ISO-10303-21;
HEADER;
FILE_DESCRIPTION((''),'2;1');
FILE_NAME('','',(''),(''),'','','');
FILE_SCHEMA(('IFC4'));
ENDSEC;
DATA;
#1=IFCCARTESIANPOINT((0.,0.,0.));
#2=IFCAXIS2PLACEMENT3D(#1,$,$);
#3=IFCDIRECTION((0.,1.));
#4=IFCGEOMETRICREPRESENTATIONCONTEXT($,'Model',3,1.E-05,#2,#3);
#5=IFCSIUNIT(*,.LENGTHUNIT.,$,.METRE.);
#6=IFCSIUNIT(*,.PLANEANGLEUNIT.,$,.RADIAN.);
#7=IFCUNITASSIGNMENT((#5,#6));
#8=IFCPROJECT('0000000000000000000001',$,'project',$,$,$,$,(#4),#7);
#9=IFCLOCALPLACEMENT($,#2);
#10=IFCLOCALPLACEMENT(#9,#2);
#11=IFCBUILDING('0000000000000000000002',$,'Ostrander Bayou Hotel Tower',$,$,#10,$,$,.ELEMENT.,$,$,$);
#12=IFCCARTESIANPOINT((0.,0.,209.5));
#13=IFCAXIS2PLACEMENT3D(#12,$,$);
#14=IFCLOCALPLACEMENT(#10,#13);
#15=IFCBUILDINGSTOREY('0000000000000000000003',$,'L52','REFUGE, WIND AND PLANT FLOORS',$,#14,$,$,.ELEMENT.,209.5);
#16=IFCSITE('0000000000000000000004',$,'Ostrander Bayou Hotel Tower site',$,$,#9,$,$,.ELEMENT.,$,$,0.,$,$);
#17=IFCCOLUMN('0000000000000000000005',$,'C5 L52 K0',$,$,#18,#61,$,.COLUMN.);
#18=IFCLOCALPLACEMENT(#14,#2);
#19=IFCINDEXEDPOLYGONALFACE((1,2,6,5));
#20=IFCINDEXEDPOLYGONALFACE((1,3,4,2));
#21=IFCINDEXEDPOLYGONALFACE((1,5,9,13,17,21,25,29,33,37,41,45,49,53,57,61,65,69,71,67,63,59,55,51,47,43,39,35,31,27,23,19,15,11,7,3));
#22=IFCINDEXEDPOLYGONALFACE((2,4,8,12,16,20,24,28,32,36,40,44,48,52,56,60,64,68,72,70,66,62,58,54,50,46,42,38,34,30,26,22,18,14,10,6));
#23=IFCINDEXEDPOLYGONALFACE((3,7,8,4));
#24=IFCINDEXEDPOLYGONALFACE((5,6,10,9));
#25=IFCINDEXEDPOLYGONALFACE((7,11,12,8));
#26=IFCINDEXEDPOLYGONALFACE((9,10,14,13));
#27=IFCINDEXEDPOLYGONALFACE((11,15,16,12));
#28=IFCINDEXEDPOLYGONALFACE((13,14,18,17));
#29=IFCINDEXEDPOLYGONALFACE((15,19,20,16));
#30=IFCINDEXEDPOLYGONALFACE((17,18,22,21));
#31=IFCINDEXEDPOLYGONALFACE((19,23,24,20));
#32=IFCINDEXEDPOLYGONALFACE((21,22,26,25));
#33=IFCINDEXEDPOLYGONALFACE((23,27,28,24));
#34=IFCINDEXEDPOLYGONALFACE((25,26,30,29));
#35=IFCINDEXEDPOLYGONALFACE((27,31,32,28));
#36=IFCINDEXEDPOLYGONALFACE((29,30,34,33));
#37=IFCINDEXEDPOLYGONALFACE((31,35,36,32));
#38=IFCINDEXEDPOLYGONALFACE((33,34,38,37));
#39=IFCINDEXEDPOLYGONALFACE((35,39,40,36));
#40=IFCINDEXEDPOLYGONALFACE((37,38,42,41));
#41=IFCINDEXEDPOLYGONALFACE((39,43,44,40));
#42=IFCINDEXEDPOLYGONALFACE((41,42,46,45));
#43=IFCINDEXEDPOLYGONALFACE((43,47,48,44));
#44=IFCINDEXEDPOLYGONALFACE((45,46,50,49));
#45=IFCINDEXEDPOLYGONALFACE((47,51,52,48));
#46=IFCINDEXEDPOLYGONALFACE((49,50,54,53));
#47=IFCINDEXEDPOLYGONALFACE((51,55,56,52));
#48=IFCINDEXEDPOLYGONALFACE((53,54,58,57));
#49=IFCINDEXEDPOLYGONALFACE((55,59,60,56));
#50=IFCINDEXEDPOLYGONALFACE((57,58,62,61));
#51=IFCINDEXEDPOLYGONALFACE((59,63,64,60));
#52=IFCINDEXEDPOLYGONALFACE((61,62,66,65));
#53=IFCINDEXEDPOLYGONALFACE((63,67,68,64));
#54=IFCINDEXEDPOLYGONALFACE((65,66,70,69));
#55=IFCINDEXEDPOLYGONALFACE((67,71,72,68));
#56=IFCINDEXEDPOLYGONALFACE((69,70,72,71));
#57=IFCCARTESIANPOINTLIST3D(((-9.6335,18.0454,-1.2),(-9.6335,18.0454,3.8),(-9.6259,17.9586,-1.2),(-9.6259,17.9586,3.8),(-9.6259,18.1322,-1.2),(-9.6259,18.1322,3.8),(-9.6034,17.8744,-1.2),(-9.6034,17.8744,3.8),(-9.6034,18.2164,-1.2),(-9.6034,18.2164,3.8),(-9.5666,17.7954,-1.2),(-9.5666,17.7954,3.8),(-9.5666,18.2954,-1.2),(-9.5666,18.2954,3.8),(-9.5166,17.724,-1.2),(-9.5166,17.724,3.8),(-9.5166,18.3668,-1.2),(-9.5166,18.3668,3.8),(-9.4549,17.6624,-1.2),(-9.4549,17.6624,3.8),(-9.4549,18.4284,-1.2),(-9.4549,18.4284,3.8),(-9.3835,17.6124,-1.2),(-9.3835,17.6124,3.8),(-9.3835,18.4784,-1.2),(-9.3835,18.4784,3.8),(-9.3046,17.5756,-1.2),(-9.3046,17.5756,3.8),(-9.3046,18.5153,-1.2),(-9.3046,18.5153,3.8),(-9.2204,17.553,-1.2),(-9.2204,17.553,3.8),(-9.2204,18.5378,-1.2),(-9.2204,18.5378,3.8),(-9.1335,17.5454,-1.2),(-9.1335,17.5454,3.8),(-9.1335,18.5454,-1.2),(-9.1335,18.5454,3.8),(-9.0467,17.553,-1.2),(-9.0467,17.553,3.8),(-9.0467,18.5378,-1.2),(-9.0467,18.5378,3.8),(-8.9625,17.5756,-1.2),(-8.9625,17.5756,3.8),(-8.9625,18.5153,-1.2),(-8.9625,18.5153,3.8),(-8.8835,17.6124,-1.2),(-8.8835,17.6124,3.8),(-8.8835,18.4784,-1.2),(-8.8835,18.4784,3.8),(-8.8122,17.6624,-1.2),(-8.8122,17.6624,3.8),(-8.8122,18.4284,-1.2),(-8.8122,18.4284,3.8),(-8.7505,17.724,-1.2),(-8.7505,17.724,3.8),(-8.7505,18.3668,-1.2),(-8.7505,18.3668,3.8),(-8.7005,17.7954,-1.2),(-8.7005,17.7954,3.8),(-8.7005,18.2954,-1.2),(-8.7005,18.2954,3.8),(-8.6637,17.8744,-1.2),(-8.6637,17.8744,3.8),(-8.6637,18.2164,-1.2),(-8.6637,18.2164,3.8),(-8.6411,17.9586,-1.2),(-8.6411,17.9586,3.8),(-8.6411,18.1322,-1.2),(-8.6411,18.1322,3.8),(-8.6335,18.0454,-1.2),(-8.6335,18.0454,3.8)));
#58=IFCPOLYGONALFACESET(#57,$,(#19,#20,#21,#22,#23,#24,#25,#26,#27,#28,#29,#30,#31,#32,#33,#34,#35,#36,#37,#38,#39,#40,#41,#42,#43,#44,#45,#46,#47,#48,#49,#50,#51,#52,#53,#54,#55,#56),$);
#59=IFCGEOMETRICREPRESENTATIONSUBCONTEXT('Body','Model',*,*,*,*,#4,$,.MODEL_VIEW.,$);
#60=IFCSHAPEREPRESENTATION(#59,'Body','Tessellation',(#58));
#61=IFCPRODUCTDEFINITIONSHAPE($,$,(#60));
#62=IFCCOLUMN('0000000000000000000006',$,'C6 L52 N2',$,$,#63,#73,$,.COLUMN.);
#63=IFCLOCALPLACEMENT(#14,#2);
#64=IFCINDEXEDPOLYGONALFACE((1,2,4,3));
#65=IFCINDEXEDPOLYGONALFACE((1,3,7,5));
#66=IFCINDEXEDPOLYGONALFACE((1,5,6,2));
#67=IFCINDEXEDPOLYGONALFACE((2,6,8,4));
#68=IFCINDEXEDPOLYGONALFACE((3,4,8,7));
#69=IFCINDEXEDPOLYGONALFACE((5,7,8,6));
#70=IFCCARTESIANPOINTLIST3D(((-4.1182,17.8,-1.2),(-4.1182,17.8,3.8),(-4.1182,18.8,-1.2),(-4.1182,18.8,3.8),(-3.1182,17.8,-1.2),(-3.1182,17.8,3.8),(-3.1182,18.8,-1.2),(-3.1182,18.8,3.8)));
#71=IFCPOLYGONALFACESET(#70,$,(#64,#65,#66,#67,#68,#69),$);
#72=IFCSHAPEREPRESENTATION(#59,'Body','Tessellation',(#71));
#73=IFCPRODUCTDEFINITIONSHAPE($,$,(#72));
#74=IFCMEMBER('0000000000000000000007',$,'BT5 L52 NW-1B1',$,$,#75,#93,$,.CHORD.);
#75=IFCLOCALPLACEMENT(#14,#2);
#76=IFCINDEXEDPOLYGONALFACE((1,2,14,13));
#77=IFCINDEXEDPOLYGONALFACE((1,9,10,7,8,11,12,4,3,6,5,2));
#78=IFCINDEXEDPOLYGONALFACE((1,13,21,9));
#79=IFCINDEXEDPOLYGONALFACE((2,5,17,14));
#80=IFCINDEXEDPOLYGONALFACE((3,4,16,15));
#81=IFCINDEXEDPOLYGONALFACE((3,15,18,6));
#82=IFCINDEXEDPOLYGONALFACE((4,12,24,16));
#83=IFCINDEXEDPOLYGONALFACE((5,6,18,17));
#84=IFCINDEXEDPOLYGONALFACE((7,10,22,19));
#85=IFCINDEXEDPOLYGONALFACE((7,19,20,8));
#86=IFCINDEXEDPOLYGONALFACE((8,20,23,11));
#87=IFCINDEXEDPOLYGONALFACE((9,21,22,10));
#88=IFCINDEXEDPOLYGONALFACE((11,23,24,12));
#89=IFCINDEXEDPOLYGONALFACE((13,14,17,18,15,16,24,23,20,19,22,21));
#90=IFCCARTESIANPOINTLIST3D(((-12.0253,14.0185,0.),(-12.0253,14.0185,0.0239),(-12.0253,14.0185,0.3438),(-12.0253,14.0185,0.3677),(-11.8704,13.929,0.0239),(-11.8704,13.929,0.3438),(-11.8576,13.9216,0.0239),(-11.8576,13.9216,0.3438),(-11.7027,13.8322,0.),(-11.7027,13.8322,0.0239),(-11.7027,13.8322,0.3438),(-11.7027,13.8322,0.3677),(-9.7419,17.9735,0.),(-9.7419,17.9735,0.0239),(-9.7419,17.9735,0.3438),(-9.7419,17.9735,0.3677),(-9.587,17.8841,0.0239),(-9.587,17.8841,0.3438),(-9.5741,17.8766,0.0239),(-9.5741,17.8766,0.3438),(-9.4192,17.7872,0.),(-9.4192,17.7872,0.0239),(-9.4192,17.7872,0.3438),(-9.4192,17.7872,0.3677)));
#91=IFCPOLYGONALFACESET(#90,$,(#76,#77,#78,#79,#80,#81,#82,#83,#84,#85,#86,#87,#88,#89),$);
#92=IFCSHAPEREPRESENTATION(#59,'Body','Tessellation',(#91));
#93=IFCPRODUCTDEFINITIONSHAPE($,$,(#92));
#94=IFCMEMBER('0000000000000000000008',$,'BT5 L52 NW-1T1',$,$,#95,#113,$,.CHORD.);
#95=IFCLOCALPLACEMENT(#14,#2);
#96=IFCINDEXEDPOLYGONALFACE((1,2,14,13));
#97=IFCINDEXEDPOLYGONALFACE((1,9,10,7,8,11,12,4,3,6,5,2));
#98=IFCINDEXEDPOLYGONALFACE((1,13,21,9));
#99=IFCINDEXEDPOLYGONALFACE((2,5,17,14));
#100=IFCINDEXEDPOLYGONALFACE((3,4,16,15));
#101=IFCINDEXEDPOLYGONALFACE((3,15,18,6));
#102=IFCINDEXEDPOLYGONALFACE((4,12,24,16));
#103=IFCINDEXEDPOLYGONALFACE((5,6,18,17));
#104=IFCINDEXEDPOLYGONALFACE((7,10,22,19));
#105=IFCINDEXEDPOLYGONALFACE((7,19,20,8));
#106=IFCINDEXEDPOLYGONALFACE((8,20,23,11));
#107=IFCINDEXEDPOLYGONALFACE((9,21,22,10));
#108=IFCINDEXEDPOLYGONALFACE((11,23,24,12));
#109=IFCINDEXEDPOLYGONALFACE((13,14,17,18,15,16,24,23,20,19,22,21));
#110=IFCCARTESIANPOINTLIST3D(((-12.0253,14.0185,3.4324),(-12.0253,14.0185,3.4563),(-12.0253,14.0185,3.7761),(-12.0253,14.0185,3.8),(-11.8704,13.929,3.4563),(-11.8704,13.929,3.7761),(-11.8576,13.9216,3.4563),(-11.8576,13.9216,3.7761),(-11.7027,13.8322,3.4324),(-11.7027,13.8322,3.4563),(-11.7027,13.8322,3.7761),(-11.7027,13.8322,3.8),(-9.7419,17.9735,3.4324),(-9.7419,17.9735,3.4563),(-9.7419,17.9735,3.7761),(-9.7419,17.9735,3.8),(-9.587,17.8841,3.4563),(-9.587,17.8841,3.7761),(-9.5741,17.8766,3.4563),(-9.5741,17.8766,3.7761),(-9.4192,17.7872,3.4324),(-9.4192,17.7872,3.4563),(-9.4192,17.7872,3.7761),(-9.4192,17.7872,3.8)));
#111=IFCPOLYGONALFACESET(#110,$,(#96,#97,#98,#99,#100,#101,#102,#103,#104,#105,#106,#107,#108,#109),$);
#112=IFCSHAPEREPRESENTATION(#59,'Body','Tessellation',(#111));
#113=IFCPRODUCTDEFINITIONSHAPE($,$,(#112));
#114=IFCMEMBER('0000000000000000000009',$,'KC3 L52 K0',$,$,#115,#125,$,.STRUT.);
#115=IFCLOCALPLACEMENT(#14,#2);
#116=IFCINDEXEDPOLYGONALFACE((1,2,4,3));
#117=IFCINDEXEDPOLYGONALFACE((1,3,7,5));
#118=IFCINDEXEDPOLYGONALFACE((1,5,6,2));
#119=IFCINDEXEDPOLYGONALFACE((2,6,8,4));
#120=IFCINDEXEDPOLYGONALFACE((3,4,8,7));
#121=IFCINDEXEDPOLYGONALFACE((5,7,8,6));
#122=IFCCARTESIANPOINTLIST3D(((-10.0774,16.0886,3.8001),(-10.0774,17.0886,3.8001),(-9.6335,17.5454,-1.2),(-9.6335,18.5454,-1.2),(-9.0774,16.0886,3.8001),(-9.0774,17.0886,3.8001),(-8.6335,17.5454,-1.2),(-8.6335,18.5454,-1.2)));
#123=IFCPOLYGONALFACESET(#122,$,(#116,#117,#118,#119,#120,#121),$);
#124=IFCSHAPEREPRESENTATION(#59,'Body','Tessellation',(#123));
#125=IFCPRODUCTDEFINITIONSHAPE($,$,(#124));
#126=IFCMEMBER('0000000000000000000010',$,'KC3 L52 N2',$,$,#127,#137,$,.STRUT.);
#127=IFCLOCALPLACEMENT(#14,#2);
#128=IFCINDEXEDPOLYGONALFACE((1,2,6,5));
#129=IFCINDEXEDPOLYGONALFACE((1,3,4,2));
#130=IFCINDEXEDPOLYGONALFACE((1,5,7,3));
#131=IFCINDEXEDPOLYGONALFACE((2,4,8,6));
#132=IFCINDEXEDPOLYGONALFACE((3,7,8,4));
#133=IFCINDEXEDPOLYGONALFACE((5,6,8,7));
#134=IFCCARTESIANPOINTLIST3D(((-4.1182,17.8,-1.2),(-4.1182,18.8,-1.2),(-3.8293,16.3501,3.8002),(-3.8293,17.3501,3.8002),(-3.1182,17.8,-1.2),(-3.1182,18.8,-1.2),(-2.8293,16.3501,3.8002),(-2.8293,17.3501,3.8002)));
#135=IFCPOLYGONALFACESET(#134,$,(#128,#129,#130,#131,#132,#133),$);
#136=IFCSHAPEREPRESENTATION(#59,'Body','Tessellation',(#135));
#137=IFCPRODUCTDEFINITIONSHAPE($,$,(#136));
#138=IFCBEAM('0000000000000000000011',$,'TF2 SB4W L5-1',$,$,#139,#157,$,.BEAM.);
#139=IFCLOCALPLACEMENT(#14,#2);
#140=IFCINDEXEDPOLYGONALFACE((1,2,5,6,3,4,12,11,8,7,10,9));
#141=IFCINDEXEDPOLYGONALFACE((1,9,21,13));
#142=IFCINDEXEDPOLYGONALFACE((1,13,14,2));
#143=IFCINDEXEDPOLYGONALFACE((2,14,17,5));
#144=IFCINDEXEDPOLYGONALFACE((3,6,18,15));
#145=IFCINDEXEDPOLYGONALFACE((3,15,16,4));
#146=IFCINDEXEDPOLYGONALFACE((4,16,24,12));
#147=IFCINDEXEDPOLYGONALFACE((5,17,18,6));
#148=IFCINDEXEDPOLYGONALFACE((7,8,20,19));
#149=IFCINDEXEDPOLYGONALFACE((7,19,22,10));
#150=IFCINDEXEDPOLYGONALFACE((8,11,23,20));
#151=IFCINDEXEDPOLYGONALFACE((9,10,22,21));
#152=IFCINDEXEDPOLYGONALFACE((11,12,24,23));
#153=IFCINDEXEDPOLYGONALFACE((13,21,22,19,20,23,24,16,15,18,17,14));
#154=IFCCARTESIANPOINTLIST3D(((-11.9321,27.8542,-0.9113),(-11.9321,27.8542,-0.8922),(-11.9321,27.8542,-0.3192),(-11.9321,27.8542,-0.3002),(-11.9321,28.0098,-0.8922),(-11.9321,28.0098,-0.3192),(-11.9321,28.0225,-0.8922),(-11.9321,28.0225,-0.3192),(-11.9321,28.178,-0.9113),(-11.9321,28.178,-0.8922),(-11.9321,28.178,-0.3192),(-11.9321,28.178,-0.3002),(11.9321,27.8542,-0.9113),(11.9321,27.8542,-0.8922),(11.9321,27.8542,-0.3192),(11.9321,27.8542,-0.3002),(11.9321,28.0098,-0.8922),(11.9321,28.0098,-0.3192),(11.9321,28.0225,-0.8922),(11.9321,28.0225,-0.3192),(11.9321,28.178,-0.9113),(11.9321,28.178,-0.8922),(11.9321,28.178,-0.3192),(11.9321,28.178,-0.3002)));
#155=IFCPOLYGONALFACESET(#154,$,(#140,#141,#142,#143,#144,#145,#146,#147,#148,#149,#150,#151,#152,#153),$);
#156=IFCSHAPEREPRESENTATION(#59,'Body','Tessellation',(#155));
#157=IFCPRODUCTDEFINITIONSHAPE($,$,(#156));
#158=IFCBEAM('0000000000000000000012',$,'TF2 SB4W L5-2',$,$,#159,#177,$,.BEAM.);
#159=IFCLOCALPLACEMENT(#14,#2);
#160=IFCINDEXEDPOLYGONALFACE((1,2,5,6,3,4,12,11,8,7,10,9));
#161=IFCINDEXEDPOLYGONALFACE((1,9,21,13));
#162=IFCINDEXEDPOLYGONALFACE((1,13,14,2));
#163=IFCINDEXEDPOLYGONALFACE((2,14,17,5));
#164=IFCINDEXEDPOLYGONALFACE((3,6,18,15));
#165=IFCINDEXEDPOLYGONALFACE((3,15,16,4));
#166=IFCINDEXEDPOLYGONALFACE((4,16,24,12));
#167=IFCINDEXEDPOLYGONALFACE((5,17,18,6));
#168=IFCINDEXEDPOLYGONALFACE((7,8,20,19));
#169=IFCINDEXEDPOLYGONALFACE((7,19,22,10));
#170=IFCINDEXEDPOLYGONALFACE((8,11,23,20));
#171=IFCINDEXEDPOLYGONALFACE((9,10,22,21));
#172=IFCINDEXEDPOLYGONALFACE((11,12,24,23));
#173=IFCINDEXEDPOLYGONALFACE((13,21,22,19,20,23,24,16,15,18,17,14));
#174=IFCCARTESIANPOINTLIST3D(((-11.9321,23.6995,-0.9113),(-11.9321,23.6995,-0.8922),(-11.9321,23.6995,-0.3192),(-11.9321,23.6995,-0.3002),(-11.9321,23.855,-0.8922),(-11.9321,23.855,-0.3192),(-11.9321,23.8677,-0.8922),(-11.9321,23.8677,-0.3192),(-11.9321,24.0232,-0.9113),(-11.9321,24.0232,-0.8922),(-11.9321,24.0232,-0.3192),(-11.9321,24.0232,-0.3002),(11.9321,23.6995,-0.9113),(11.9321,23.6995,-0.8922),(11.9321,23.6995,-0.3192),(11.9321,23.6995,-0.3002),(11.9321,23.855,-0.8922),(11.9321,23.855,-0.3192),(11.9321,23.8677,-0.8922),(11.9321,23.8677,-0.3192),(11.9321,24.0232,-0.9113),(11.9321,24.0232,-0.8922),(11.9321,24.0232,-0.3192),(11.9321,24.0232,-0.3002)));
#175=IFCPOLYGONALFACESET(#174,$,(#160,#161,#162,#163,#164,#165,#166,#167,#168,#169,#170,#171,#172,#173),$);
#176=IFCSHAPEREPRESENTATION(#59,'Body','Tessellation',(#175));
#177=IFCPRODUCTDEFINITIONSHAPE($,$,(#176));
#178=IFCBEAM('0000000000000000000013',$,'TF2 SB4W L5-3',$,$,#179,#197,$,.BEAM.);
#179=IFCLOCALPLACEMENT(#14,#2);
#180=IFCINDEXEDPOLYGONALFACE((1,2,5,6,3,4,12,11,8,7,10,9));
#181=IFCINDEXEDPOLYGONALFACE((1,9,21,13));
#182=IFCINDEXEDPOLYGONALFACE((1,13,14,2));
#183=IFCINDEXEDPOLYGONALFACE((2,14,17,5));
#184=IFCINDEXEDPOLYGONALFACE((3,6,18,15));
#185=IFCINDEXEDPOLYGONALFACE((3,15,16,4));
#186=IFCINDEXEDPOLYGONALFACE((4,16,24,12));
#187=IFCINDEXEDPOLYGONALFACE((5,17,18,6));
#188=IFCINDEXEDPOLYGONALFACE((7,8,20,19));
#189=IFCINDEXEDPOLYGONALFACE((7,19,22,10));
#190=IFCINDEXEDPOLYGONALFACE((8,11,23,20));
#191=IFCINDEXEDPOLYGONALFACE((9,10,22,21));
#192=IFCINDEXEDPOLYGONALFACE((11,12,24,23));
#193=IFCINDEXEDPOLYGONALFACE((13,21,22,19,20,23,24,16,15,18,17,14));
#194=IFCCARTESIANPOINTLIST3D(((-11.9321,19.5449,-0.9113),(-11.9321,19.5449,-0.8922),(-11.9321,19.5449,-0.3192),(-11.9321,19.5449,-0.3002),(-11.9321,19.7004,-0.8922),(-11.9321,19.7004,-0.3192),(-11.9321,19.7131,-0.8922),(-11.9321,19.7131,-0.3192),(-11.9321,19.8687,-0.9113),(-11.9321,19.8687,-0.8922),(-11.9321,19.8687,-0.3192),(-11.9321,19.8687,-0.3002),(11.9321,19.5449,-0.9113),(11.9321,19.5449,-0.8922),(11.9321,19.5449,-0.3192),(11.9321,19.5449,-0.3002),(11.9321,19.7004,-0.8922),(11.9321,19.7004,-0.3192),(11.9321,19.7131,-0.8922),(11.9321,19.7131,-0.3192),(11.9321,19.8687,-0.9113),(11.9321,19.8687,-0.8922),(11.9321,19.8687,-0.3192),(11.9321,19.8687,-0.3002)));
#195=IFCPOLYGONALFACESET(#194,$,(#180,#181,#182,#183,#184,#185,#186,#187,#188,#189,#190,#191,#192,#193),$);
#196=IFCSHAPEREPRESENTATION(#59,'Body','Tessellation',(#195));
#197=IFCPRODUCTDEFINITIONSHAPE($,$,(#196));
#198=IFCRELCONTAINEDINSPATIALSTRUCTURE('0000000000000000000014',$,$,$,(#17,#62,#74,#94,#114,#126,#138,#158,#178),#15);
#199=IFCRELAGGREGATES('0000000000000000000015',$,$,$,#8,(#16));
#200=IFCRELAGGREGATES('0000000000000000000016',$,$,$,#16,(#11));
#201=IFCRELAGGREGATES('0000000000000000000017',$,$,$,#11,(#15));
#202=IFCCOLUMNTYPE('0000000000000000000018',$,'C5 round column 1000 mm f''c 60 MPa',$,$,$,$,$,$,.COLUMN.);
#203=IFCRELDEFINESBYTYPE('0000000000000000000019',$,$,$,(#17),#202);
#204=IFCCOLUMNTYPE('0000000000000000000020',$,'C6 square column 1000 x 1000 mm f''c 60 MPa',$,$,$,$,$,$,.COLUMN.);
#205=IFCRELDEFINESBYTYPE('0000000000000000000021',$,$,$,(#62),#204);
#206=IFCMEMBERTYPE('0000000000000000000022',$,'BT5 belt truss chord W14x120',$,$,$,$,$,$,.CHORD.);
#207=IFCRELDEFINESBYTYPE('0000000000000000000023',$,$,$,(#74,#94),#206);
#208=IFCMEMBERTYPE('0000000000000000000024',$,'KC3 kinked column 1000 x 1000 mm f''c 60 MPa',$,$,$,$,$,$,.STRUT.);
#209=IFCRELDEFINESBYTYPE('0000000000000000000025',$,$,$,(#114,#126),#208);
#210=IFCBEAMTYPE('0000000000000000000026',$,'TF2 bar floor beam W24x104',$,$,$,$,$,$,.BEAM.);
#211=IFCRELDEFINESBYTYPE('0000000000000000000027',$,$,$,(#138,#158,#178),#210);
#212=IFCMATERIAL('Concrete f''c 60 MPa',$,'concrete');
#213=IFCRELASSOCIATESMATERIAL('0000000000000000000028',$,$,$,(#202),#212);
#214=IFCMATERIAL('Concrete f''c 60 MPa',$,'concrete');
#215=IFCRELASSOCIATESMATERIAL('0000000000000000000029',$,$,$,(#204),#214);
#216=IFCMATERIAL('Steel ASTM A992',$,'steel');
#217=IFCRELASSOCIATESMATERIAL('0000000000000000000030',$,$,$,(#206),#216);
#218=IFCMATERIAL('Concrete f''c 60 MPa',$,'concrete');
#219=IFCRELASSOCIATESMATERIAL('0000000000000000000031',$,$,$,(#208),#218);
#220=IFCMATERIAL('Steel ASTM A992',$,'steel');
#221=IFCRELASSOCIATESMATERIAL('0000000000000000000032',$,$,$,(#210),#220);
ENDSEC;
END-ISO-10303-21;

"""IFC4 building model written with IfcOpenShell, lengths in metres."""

from ifc_helpers import new_model, si_unit, direction, frame, origin, origin_2d, place, context, subcontext, project, spatial, rectangle, circle, i_section, extrude, material, material_profile, profile_set, type_object, element, save


model = new_model("IFC4")

# Units and contexts
model_context = context("Model", 3, precision=1e-05, world=origin(), true_north=direction((0.0, 1.0)))
body_context = subcontext(model_context, "Body", "Model", "MODEL_VIEW")
ifc_project = project(units=[si_unit("LENGTHUNIT", "METRE"), si_unit("PLANEANGLEUNIT", "RADIAN")], contexts=[model_context])

# Site, building, storey
site_placement = place(None, origin())
site = spatial("IfcSite", under=ifc_project, at=site_placement, Name="Ostrander Bayou Hotel Tower site", CompositionType="ELEMENT", RefElevation=0.0)
building_placement = place(site_placement, origin())
building = spatial("IfcBuilding", under=site, at=building_placement, Name="Ostrander Bayou Hotel Tower", CompositionType="ELEMENT")
storey_placement = place(building_placement, frame((0.0, 0.0, 209.5)))
storey = spatial("IfcBuildingStorey", under=building, at=storey_placement, Name="L52", Description="REFUGE, WIND AND PLANT FLOORS", CompositionType="ELEMENT", Elevation=209.5)

# Columns
ifc_material_1 = material(Name="Concrete f'c 60 MPa", Category="concrete")
ifc_material_profile_1 = material_profile(ifc_material_1, circle(Radius=0.5, at=origin_2d()))
ifc_profile_set_1 = profile_set([ifc_material_profile_1], Name="Concrete f'c 60 MPa")
column_type_1 = type_object("IfcColumnType", Name="C5 round column 1000 mm f'c 60 MPa", PredefinedType="COLUMN", material=ifc_profile_set_1)
column_1_placement = place(storey_placement, frame((-9.1335, 18.0454, -1.2), z_axis=(0.0, 0.0, 1.0), x_axis=(1.0, 0.0, 0.0)))
element("IfcColumn", 1, at=column_1_placement, inside=storey, type_object=column_type_1, Name="C5 L52 K0", PredefinedType="COLUMN", context=body_context, shape_type="SweptSolid", body=[
    extrude(circle(Radius=0.5, at=origin_2d()), origin(), (0.0, 0.0, 1.0), 5.0),
])
ifc_material_2 = material(Name="Concrete f'c 60 MPa", Category="concrete")
ifc_material_profile_2 = material_profile(ifc_material_2, rectangle(XDim=1.0, YDim=1.0, at=origin_2d()))
ifc_profile_set_2 = profile_set([ifc_material_profile_2], Name="Concrete f'c 60 MPa")
column_type_2 = type_object("IfcColumnType", Name="C6 square column 1000 x 1000 mm f'c 60 MPa", PredefinedType="COLUMN", material=ifc_profile_set_2)
column_2_placement = place(storey_placement, frame((-3.6182, 18.3, -1.2), z_axis=(0.0, 0.0, 1.0), x_axis=(1.0, 0.0, 0.0)))
element("IfcColumn", 2, at=column_2_placement, inside=storey, type_object=column_type_2, Name="C6 L52 N2", PredefinedType="COLUMN", context=body_context, shape_type="SweptSolid", body=[
    extrude(rectangle(XDim=1.0, YDim=1.0, at=origin_2d()), origin(), (0.0, 0.0, 1.0), 5.0),
])

# Members
ifc_material_3 = material(Name="Steel ASTM A992", Category="steel")
ifc_material_profile_3 = material_profile(ifc_material_3, i_section(OverallWidth=0.3726, OverallDepth=0.3677, WebThickness=0.0149, FlangeThickness=0.0239, at=origin_2d()))
ifc_profile_set_3 = profile_set([ifc_material_profile_3], Name="Steel ASTM A992")
member_type_1 = type_object("IfcMemberType", Name="BT5 belt truss chord W14x120", PredefinedType="CHORD", material=ifc_profile_set_3)
for number, where, z_axis, x_axis, name in (
    (3, (-9.5806, 17.8804, 0.1838), (-0.499997, -0.866027, 0.0), (0.866027, -0.499997, 0.0), "BT5 L52 NW-1B1"),
    (4, (-9.5806, 17.8804, 3.6162), (-0.499997, -0.866027, 0.0), (0.866027, -0.499997, 0.0), "BT5 L52 NW-1T1"),
):
    element("IfcMember", number, at=place(storey_placement, frame(where, z_axis=z_axis, x_axis=x_axis)), inside=storey, type_object=member_type_1, Name=name, PredefinedType="CHORD", context=body_context, shape_type="SweptSolid", body=[
        extrude(i_section(OverallWidth=0.3726, OverallDepth=0.3677, WebThickness=0.0149, FlangeThickness=0.0239, at=origin_2d()), origin(), (0.0, 0.0, 1.0), 4.5669),
    ])
ifc_material_4 = material(Name="Concrete f'c 60 MPa", Category="concrete")
ifc_material_profile_4 = material_profile(ifc_material_4, rectangle(XDim=1.0, YDim=1.0, at=origin_2d()))
ifc_profile_set_4 = profile_set([ifc_material_profile_4], Name="Concrete f'c 60 MPa")
member_type_2 = type_object("IfcMemberType", Name="KC3 kinked column 1000 x 1000 mm f'c 60 MPa", PredefinedType="STRUT", material=ifc_profile_set_4)
member_1_placement = place(storey_placement, frame((-9.1335, 18.0454, -1.2), z_axis=(0.0, 0.0, 1.0), x_axis=(1.0, 0.0, 0.0)))
element("IfcMember", 5, at=member_1_placement, inside=storey, type_object=member_type_2, Name="KC3 L52 K0", PredefinedType="STRUT", context=body_context, shape_type="SweptSolid", body=[
    extrude(rectangle(XDim=1.0, YDim=1.0, at=origin_2d()), origin(), (-0.084918, -0.278716, 0.956612), 5.2268),
])
member_2_placement = place(storey_placement, frame((-3.6182, 18.3, -1.2), z_axis=(0.0, 0.0, 1.0), x_axis=(1.0, 0.0, 0.0)))
element("IfcMember", 6, at=member_2_placement, inside=storey, type_object=member_type_2, Name="KC3 L52 N2", PredefinedType="STRUT", context=body_context, shape_type="SweptSolid", body=[
    extrude(rectangle(XDim=1.0, YDim=1.0, at=origin_2d()), origin(), (0.055393, -0.278088, 0.958957), 5.2141),
])

# Beams
ifc_material_5 = material(Name="Steel ASTM A992", Category="steel")
ifc_material_profile_5 = material_profile(ifc_material_5, i_section(OverallWidth=0.3237, OverallDepth=0.6111, WebThickness=0.0127, FlangeThickness=0.019, at=origin_2d()))
ifc_profile_set_5 = profile_set([ifc_material_profile_5], Name="Steel ASTM A992")
beam_type = type_object("IfcBeamType", Name="TF2 bar floor beam W24x104", PredefinedType="BEAM", material=ifc_profile_set_5)
for number, where, z_axis, x_axis, name in (
    (7, (-11.9321, 28.0161, -0.6057), (1.0, 0.0, 0.0), (0.0, 1.0, 0.0), "TF2 SB4W L5-1"),
    (8, (-11.9321, 23.8613, -0.6057), (1.0, 0.0, 0.0), (0.0, 1.0, 0.0), "TF2 SB4W L5-2"),
    (9, (-11.9321, 19.7068, -0.6057), (1.0, 0.0, 0.0), (0.0, 1.0, 0.0), "TF2 SB4W L5-3"),
):
    element("IfcBeam", number, at=place(storey_placement, frame(where, z_axis=z_axis, x_axis=x_axis)), inside=storey, type_object=beam_type, Name=name, PredefinedType="BEAM", context=body_context, shape_type="SweptSolid", body=[
        extrude(i_section(OverallWidth=0.3237, OverallDepth=0.6111, WebThickness=0.0127, FlangeThickness=0.019, at=origin_2d()), origin(), (0.0, 0.0, 1.0), 23.8643),
    ])

save(model, "model.ifc")
